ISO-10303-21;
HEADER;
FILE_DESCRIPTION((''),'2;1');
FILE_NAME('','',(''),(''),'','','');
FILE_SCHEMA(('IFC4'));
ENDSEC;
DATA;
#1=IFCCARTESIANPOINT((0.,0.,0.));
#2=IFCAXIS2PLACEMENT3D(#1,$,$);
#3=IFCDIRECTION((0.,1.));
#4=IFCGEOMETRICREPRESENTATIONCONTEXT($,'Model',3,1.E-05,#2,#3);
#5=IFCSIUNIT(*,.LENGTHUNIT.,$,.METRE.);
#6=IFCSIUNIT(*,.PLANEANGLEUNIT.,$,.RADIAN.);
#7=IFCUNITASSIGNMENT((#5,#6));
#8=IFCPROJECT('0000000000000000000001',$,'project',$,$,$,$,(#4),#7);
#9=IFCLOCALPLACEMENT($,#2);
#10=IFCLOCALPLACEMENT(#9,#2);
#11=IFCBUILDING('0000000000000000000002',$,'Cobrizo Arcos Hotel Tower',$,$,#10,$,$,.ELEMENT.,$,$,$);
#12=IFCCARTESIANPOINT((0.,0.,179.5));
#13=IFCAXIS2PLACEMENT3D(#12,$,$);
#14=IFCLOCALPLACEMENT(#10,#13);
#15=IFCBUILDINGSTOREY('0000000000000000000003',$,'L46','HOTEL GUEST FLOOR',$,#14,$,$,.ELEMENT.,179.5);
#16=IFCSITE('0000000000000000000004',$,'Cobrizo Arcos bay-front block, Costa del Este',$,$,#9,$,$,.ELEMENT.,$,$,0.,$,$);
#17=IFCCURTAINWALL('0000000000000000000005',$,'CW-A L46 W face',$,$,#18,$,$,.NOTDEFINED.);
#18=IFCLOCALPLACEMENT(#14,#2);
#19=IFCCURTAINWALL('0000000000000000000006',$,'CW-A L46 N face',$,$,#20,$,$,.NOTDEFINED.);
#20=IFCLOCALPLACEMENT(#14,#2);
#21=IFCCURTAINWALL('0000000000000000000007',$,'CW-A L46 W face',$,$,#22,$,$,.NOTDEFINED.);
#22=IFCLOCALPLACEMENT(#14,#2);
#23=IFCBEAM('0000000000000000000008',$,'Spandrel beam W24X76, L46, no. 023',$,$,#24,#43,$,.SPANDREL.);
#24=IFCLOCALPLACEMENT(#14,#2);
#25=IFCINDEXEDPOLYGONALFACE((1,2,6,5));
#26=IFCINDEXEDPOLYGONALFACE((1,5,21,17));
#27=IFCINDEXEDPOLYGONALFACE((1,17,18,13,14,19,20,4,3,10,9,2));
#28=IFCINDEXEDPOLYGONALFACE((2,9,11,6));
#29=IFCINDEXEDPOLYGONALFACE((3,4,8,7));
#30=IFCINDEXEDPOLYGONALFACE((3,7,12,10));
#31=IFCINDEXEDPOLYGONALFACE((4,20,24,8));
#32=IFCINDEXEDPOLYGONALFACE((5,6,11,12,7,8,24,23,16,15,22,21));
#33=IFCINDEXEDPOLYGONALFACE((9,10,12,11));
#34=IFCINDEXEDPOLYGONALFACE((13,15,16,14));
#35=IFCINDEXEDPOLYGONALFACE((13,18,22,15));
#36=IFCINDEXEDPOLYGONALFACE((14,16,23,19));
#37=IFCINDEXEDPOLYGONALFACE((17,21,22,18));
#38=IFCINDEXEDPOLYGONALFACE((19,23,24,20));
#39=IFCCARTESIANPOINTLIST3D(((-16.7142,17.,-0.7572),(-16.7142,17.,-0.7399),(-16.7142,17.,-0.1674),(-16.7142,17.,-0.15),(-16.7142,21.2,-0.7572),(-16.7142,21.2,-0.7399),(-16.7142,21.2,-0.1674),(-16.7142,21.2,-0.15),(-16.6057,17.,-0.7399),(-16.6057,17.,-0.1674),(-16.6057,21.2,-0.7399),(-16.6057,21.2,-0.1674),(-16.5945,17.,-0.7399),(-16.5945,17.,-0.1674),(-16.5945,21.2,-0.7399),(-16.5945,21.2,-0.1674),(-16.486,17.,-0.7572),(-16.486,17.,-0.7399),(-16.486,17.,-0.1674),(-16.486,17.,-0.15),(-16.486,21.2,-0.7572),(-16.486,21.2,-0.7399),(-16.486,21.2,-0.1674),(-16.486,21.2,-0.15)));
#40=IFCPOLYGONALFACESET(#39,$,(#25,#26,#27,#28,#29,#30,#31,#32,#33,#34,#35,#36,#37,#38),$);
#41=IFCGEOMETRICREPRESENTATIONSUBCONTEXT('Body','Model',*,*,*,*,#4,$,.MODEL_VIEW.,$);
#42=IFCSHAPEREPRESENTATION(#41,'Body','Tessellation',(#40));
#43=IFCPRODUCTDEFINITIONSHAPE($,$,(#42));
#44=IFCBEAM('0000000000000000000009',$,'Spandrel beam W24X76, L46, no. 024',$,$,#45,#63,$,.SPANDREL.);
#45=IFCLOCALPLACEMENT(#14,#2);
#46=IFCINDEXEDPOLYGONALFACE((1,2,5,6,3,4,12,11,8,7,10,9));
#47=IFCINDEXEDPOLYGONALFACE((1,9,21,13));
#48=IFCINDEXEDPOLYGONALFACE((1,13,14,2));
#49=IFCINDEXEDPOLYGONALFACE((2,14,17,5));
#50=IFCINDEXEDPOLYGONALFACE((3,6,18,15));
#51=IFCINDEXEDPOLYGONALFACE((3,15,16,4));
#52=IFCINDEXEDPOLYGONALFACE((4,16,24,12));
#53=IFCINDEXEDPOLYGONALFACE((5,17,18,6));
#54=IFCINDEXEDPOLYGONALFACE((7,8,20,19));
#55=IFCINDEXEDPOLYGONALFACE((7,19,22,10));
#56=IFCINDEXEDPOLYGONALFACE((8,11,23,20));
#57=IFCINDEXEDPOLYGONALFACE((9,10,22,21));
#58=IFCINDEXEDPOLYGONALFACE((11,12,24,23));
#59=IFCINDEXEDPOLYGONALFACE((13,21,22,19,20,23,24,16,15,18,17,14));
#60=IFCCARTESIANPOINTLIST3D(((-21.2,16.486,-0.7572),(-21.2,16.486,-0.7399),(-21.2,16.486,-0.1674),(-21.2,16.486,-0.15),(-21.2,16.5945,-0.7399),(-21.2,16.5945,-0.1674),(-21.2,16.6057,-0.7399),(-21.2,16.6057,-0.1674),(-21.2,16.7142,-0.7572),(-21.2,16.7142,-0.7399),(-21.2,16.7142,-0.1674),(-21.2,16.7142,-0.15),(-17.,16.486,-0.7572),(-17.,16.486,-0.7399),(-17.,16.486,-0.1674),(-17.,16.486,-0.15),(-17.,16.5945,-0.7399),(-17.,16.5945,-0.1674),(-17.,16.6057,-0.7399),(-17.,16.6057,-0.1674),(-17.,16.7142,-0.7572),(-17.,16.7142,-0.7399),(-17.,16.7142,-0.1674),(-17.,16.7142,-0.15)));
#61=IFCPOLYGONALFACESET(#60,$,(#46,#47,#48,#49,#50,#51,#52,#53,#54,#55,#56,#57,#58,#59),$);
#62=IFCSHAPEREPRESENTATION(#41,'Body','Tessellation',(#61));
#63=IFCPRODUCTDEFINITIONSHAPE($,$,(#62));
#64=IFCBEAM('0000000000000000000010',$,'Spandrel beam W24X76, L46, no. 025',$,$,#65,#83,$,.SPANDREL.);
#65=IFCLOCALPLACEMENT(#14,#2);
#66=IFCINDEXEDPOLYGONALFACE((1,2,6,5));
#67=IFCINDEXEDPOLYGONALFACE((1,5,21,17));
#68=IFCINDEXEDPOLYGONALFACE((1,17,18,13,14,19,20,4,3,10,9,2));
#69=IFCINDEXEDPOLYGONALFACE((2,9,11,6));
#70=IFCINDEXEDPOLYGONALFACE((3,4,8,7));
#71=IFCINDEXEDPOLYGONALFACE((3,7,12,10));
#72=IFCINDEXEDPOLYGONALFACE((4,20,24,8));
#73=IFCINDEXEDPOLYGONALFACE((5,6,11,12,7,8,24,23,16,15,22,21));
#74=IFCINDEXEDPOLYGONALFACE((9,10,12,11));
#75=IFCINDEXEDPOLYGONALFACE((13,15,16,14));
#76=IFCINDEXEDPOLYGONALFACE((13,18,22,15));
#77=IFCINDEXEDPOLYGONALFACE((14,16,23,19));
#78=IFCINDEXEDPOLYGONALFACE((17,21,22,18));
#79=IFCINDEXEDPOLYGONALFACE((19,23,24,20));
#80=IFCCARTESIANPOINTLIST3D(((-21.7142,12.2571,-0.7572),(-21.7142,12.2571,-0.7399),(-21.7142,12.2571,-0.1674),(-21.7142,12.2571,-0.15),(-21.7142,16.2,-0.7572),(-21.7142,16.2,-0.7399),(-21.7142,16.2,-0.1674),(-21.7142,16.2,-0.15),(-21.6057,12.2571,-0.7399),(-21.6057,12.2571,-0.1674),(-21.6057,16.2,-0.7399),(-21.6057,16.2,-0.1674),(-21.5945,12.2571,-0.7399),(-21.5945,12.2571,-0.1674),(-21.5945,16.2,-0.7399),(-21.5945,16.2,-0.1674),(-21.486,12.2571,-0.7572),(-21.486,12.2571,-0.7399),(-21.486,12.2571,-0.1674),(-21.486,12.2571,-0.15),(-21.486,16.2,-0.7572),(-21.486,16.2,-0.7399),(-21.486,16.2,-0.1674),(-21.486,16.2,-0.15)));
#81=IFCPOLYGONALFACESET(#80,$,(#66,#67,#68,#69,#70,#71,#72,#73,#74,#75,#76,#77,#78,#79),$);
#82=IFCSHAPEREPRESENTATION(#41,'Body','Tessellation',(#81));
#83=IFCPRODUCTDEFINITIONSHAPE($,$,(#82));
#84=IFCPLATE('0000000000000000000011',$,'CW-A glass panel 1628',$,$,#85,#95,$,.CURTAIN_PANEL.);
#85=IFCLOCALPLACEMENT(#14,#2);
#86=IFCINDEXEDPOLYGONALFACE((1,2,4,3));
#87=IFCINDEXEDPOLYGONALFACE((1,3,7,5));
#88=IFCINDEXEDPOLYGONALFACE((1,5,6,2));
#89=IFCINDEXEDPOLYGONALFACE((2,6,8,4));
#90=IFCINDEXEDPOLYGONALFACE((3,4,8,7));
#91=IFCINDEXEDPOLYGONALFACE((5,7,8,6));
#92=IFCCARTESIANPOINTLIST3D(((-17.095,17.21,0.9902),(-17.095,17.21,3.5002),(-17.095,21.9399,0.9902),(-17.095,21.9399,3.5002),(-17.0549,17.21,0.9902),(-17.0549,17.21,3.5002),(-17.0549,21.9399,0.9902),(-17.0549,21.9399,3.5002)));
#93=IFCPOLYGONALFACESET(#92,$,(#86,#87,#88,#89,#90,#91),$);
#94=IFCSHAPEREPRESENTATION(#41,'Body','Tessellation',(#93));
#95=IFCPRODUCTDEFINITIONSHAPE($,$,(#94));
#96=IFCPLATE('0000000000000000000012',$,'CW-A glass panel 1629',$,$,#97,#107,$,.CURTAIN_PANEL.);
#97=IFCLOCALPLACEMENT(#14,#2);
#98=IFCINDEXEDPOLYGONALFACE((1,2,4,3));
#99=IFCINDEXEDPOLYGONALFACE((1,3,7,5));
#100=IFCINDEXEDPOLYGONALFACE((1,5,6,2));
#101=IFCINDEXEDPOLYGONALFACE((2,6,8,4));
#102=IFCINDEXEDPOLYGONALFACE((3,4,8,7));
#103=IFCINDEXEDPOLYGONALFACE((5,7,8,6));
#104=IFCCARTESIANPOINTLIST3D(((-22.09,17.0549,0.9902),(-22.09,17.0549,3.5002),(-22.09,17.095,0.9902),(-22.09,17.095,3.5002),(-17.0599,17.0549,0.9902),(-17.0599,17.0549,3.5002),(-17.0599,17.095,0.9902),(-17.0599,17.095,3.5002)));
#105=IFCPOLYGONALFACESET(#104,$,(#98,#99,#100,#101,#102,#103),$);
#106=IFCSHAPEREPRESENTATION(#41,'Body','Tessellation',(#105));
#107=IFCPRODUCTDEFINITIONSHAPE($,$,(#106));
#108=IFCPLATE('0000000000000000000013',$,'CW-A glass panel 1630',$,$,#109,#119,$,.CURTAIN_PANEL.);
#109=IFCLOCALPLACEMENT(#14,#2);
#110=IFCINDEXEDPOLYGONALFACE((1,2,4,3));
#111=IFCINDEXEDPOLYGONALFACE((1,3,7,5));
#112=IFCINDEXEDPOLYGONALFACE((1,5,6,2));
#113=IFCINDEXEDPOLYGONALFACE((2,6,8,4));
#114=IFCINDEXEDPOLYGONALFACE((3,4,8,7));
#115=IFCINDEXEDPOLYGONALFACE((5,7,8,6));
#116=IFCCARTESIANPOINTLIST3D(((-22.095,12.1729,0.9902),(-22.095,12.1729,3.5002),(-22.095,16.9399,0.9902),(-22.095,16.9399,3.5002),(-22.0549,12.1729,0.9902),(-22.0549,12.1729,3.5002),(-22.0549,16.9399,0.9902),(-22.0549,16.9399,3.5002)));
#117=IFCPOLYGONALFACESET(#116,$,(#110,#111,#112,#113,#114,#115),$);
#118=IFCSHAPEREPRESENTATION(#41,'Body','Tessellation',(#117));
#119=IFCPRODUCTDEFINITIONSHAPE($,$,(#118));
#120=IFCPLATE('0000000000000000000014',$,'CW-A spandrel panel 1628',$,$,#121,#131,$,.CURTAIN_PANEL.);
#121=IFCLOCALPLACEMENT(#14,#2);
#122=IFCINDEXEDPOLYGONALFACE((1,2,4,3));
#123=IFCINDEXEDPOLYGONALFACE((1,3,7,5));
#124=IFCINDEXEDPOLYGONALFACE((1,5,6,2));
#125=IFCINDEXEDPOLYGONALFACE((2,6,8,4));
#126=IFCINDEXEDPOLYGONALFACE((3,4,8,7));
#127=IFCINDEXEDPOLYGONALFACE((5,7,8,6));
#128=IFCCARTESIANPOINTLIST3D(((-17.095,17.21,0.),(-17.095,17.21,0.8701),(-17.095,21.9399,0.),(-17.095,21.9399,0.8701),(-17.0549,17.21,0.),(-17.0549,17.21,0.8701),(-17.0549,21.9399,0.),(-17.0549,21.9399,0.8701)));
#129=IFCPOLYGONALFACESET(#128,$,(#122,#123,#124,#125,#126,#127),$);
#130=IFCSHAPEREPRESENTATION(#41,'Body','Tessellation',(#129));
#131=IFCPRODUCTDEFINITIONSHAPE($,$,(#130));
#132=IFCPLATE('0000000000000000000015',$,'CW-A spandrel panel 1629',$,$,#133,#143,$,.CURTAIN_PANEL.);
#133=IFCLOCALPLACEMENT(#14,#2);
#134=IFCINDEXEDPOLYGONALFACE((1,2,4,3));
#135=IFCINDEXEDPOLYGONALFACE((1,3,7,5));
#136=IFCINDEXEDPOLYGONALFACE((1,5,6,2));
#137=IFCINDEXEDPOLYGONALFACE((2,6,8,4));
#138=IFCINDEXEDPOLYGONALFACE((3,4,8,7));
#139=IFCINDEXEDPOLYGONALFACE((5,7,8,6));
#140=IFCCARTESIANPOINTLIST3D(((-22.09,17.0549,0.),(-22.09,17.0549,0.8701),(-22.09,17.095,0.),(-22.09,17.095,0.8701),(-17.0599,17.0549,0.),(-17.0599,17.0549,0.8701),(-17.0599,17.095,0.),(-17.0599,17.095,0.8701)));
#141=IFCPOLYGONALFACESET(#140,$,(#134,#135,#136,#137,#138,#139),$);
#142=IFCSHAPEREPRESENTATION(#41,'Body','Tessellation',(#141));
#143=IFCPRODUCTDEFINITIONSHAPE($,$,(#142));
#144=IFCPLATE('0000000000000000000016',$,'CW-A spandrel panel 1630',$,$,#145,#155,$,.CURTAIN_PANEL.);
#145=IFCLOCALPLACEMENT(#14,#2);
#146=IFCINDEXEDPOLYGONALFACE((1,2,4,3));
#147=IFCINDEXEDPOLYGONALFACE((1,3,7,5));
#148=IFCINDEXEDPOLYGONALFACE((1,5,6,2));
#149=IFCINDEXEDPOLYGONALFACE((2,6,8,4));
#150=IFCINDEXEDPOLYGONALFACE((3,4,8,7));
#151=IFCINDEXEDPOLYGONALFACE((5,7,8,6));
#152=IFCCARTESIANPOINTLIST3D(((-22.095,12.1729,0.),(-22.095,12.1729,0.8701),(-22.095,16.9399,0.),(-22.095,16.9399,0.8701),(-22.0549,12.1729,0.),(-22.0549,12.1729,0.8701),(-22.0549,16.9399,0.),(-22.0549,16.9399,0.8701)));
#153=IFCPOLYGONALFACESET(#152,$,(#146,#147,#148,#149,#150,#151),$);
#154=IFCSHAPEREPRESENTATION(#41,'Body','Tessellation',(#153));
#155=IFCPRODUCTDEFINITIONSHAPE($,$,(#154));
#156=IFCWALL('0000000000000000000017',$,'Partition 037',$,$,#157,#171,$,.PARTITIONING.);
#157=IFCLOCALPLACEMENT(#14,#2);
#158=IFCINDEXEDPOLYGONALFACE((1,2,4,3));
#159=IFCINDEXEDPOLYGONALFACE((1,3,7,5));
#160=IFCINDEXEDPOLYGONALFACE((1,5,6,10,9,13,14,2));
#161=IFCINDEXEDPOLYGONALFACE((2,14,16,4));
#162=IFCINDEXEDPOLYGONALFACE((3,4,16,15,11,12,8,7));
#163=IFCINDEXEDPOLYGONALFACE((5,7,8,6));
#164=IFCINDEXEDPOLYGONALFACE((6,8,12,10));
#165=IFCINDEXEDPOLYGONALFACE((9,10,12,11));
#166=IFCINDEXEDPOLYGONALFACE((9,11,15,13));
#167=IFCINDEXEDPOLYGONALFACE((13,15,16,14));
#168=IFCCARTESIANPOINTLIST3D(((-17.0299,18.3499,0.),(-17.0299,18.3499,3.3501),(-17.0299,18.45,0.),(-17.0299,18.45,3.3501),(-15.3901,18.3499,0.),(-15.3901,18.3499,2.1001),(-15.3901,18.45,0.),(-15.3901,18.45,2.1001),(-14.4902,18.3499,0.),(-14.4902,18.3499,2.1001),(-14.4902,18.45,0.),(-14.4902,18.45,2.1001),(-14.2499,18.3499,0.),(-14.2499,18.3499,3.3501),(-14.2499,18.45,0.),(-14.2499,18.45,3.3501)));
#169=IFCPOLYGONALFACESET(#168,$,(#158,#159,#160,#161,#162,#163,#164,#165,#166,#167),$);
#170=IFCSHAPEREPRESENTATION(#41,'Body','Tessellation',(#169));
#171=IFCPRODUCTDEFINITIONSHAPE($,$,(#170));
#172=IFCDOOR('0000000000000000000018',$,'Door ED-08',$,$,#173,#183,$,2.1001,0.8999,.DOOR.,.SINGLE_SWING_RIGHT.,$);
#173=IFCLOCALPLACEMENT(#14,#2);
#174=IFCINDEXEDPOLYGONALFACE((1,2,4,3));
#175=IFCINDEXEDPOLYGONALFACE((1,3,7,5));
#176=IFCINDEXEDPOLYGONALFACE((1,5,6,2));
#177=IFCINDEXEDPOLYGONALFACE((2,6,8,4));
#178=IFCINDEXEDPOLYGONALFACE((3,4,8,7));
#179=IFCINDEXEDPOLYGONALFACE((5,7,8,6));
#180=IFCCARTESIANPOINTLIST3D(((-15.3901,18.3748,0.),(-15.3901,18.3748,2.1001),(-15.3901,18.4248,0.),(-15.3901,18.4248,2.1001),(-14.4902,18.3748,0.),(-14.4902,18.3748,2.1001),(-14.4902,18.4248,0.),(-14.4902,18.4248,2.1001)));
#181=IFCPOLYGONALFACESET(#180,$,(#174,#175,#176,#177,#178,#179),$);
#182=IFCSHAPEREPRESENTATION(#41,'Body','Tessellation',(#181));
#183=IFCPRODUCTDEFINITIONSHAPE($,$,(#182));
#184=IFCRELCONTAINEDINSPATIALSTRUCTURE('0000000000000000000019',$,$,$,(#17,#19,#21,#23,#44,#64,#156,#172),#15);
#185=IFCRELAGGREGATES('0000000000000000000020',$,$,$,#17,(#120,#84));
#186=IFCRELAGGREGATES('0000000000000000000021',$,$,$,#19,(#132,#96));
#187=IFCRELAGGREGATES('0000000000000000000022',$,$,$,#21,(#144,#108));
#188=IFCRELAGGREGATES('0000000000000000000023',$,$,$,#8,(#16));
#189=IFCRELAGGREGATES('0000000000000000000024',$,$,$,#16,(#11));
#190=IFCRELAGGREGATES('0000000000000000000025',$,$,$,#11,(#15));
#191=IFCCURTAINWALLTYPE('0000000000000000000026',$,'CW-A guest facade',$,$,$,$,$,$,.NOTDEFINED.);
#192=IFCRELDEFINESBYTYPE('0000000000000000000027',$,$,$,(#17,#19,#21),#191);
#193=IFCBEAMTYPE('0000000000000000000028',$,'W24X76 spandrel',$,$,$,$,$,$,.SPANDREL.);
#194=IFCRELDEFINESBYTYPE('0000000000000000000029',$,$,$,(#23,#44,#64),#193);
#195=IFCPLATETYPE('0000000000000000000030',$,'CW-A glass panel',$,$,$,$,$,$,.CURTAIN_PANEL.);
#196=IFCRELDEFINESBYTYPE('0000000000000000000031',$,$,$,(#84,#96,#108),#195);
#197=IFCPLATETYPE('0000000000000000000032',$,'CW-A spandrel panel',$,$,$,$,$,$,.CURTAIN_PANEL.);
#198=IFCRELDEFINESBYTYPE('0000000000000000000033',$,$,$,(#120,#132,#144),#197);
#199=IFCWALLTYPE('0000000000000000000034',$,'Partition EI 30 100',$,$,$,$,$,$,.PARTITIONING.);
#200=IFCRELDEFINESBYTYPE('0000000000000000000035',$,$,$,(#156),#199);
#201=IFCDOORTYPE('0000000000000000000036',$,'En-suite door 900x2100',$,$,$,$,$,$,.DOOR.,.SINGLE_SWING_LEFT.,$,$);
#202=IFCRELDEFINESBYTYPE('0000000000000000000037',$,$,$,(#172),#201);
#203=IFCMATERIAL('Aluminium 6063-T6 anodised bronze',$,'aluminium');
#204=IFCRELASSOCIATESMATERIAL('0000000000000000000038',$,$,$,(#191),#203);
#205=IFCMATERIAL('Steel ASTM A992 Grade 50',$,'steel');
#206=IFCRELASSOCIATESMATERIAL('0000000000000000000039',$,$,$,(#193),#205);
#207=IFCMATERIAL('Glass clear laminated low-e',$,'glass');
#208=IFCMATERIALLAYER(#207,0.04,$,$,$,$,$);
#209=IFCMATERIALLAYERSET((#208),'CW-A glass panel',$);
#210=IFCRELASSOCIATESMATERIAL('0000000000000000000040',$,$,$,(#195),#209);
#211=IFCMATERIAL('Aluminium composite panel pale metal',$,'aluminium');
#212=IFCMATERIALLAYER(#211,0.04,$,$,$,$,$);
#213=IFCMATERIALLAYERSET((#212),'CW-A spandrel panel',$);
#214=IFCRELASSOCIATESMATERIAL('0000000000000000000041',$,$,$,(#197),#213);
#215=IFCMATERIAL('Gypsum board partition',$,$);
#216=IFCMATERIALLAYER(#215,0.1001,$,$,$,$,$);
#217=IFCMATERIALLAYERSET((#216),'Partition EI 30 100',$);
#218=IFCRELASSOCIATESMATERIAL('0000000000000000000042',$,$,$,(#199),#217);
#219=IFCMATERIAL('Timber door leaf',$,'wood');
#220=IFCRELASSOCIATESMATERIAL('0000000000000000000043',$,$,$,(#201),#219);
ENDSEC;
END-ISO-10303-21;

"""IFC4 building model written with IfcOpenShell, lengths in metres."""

from ifc_helpers import new_model, si_unit, direction, frame, frame_2d, origin, origin_2d, place, context, subcontext, project, spatial, rectangle, i_section, extrude, material, layer, layer_set, material_profile, profile_set, type_object, element, fill, aggregate, save


model = new_model("IFC4")

# Units and contexts
model_context = context("Model", 3, precision=1e-05, world=origin(), true_north=direction((0.0, 1.0)))
body_context = subcontext(model_context, "Body", "Model", "MODEL_VIEW")
ifc_project = project(units=[si_unit("LENGTHUNIT", "METRE"), si_unit("PLANEANGLEUNIT", "RADIAN")], contexts=[model_context])

# Site, building, storey
site_placement = place(None, origin())
site = spatial("IfcSite", under=ifc_project, at=site_placement, Name="Cobrizo Arcos bay-front block, Costa del Este", CompositionType="ELEMENT", RefElevation=0.0)
building_placement = place(site_placement, origin())
building = spatial("IfcBuilding", under=site, at=building_placement, Name="Cobrizo Arcos Hotel Tower", CompositionType="ELEMENT")
storey_placement = place(building_placement, frame((0.0, 0.0, 179.5)))
storey = spatial("IfcBuildingStorey", under=building, at=storey_placement, Name="L46", Description="HOTEL GUEST FLOOR", CompositionType="ELEMENT", Elevation=179.5)

# Shared definitions
ifc_material_1 = material(Name="Aluminium 6063-T6 anodised bronze", Category="aluminium")
curtain_wall_type = type_object("IfcCurtainWallType", Name="CW-A guest facade", PredefinedType="NOTDEFINED", material=ifc_material_1)

# Curtain walls
curtain_wall_1_placement = place(storey_placement, origin())
curtain_wall_1 = element("IfcCurtainWall", 1, at=curtain_wall_1_placement, inside=storey, type_object=curtain_wall_type, Name="CW-A L46 W face", PredefinedType="NOTDEFINED")
curtain_wall_2_placement = place(storey_placement, origin())
curtain_wall_2 = element("IfcCurtainWall", 2, at=curtain_wall_2_placement, inside=storey, type_object=curtain_wall_type, Name="CW-A L46 N face", PredefinedType="NOTDEFINED")

# Curtain wall
curtain_wall_3_placement = place(storey_placement, origin())
curtain_wall_3 = element("IfcCurtainWall", 3, at=curtain_wall_3_placement, inside=storey, type_object=curtain_wall_type, Name="CW-A L46 W face", PredefinedType="NOTDEFINED")

# Beams
ifc_material_2 = material(Name="Steel ASTM A992 Grade 50", Category="steel")
ifc_material_profile_1 = material_profile(ifc_material_2, i_section(OverallWidth=0.2283, OverallDepth=0.6072, WebThickness=0.0112, FlangeThickness=0.0173, at=origin_2d()), Name="W24X76")
ifc_profile_set_1 = profile_set([ifc_material_profile_1], Name="Steel ASTM A992 Grade 50")
beam_type_1 = type_object("IfcBeamType", Name="W24X76 spandrel", PredefinedType="SPANDREL", material=ifc_profile_set_1)
for number, where, z_axis, x_axis, name in (
    (4, (-16.6001, 21.2, -0.4536), (0.0, -1.0, 0.0), (1.0, 0.0, 0.0), "Spandrel beam W24X76, L46, no. 023"),
    (5, (-17.0, 16.6001, -0.4536), (-1.0, 0.0, 0.0), (0.0, -1.0, 0.0), "Spandrel beam W24X76, L46, no. 024"),
):
    element("IfcBeam", number, at=place(storey_placement, frame(where, z_axis=z_axis, x_axis=x_axis)), inside=storey, type_object=beam_type_1, Name=name, PredefinedType="SPANDREL", context=body_context, shape_type="SweptSolid", body=[
        extrude(i_section(OverallWidth=0.2283, OverallDepth=0.6072, WebThickness=0.0112, FlangeThickness=0.0173, at=origin_2d()), origin(), (0.0, 0.0, 1.0), 4.2),
    ])
beam_1_placement = place(storey_placement, frame((-21.6001, 16.2, -0.4536), z_axis=(0.0, -1.0, 0.0), x_axis=(1.0, 0.0, 0.0)))
element("IfcBeam", 6, at=beam_1_placement, inside=storey, type_object=beam_type_1, Name="Spandrel beam W24X76, L46, no. 025", PredefinedType="SPANDREL", context=body_context, shape_type="SweptSolid", body=[
    extrude(i_section(OverallWidth=0.2283, OverallDepth=0.6072, WebThickness=0.0112, FlangeThickness=0.0173, at=origin_2d()), origin(), (0.0, 0.0, 1.0), 3.9429),
])

# Plates
ifc_material_3 = material(Name="Glass clear laminated low-e", Category="glass")
ifc_layer_1 = layer(ifc_material_3, 0.04)
ifc_layer_set_1 = layer_set([ifc_layer_1], Name="CW-A glass panel")
plate_type_1 = type_object("IfcPlateType", Name="CW-A glass panel", PredefinedType="CURTAIN_PANEL", material=ifc_layer_set_1)
plate_1_placement = place(storey_placement, frame((-17.075, 19.575, 0.9902), z_axis=(0.0, 0.0, 1.0), x_axis=(0.0, -1.0, 0.0)))
plate_1 = element("IfcPlate", 7, at=plate_1_placement, type_object=plate_type_1, Name="CW-A glass panel 1628", PredefinedType="CURTAIN_PANEL", context=body_context, shape_type="SweptSolid", body=[
    extrude(rectangle(XDim=4.73, YDim=0.04, at=origin_2d()), origin(), (0.0, 0.0, 1.0), 2.51),
])
plate_2_placement = place(storey_placement, frame((-19.575, 17.075, 0.9902), z_axis=(0.0, 0.0, 1.0), x_axis=(-1.0, 0.0, 0.0)))
plate_2 = element("IfcPlate", 8, at=plate_2_placement, type_object=plate_type_1, Name="CW-A glass panel 1629", PredefinedType="CURTAIN_PANEL", context=body_context, shape_type="SweptSolid", body=[
    extrude(rectangle(XDim=5.03, YDim=0.04, at=origin_2d()), origin(), (0.0, 0.0, 1.0), 2.51),
])
plate_3_placement = place(storey_placement, frame((-22.075, 14.5564, 0.9902), z_axis=(0.0, 0.0, 1.0), x_axis=(0.0, -1.0, 0.0)))
plate_3 = element("IfcPlate", 9, at=plate_3_placement, type_object=plate_type_1, Name="CW-A glass panel 1630", PredefinedType="CURTAIN_PANEL", context=body_context, shape_type="SweptSolid", body=[
    extrude(rectangle(XDim=4.7671, YDim=0.04, at=origin_2d()), origin(), (0.0, 0.0, 1.0), 2.51),
])
ifc_material_4 = material(Name="Aluminium composite panel pale metal", Category="aluminium")
ifc_layer_2 = layer(ifc_material_4, 0.04)
ifc_layer_set_2 = layer_set([ifc_layer_2], Name="CW-A spandrel panel")
plate_type_2 = type_object("IfcPlateType", Name="CW-A spandrel panel", PredefinedType="CURTAIN_PANEL", material=ifc_layer_set_2)
plate_4_placement = place(storey_placement, frame((-17.075, 19.575, 0.0), z_axis=(0.0, 0.0, 1.0), x_axis=(0.0, -1.0, 0.0)))
plate_4 = element("IfcPlate", 10, at=plate_4_placement, type_object=plate_type_2, Name="CW-A spandrel panel 1628", PredefinedType="CURTAIN_PANEL", context=body_context, shape_type="SweptSolid", body=[
    extrude(rectangle(XDim=4.73, YDim=0.04, at=origin_2d()), origin(), (0.0, 0.0, 1.0), 0.8701),
])
aggregate(curtain_wall_1, [plate_4, plate_1])
plate_5_placement = place(storey_placement, frame((-19.575, 17.075, 0.0), z_axis=(0.0, 0.0, 1.0), x_axis=(-1.0, 0.0, 0.0)))
plate_5 = element("IfcPlate", 11, at=plate_5_placement, type_object=plate_type_2, Name="CW-A spandrel panel 1629", PredefinedType="CURTAIN_PANEL", context=body_context, shape_type="SweptSolid", body=[
    extrude(rectangle(XDim=5.03, YDim=0.04, at=origin_2d()), origin(), (0.0, 0.0, 1.0), 0.8701),
])
aggregate(curtain_wall_2, [plate_5, plate_2])
plate_6_placement = place(storey_placement, frame((-22.075, 14.5564, 0.0), z_axis=(0.0, 0.0, 1.0), x_axis=(0.0, -1.0, 0.0)))
plate_6 = element("IfcPlate", 12, at=plate_6_placement, type_object=plate_type_2, Name="CW-A spandrel panel 1630", PredefinedType="CURTAIN_PANEL", context=body_context, shape_type="SweptSolid", body=[
    extrude(rectangle(XDim=4.7671, YDim=0.04, at=origin_2d()), origin(), (0.0, 0.0, 1.0), 0.8701),
])
aggregate(curtain_wall_3, [plate_6, plate_3])

# Wall, opening, door
ifc_material_5 = material(Name="Gypsum board partition")
ifc_layer_3 = layer(ifc_material_5, 0.1001)
ifc_layer_set_3 = layer_set([ifc_layer_3], Name="Partition EI 30 100")
wall_type = type_object("IfcWallType", Name="Partition EI 30 100", PredefinedType="PARTITIONING", material=ifc_layer_set_3)
wall_placement = place(storey_placement, frame((-17.03, 18.3999, 0.0), z_axis=(0.0, 0.0, 1.0), x_axis=(1.0, 0.0, 0.0)))
wall = element("IfcWall", 13, at=wall_placement, inside=storey, type_object=wall_type, Name="Partition 037", PredefinedType="PARTITIONING", context=body_context, shape_type="SweptSolid", body=[
    extrude(rectangle(XDim=2.78, YDim=0.1001, at=frame_2d((1.3901, 0.0))), origin(), (0.0, 0.0, 1.0), 3.3501),
])
opening_placement = place(wall_placement, frame((1.6399, 0.0, 0.0)))
opening = element("IfcOpeningElement", 14, at=opening_placement, cuts=wall, PredefinedType="OPENING", context=body_context, shape_type="SweptSolid", body=[
    extrude(rectangle(XDim=0.8999, YDim=2.1001, at=frame_2d((0.45, 1.05))), frame((0.0, 0.062, 0.0), z_axis=(0.0, -1.0, 0.0), x_axis=(1.0, 0.0, 0.0)), (0.0, 0.0, 1.0), 0.124),
])
ifc_material_6 = material(Name="Timber door leaf", Category="wood")
door_type = type_object("IfcDoorType", Name="En-suite door 900x2100", OperationType="SINGLE_SWING_LEFT", PredefinedType="DOOR", material=ifc_material_6)
door_placement = place(opening_placement, origin())
door = element("IfcDoor", 15, at=door_placement, inside=storey, type_object=door_type, Name="Door ED-08", OperationType="SINGLE_SWING_RIGHT", OverallHeight=2.1001, OverallWidth=0.8999, PredefinedType="DOOR", context=body_context, shape_type="SweptSolid", body=[
    extrude(rectangle(XDim=0.8999, YDim=2.1001, at=frame_2d((0.45, 1.05))), frame((0.0, 0.0249, 0.0), z_axis=(0.0, -1.0, 0.0), x_axis=(1.0, 0.0, 0.0)), (0.0, 0.0, 1.0), 0.05),
])
fill(opening, door)

save(model, "model.ifc")
